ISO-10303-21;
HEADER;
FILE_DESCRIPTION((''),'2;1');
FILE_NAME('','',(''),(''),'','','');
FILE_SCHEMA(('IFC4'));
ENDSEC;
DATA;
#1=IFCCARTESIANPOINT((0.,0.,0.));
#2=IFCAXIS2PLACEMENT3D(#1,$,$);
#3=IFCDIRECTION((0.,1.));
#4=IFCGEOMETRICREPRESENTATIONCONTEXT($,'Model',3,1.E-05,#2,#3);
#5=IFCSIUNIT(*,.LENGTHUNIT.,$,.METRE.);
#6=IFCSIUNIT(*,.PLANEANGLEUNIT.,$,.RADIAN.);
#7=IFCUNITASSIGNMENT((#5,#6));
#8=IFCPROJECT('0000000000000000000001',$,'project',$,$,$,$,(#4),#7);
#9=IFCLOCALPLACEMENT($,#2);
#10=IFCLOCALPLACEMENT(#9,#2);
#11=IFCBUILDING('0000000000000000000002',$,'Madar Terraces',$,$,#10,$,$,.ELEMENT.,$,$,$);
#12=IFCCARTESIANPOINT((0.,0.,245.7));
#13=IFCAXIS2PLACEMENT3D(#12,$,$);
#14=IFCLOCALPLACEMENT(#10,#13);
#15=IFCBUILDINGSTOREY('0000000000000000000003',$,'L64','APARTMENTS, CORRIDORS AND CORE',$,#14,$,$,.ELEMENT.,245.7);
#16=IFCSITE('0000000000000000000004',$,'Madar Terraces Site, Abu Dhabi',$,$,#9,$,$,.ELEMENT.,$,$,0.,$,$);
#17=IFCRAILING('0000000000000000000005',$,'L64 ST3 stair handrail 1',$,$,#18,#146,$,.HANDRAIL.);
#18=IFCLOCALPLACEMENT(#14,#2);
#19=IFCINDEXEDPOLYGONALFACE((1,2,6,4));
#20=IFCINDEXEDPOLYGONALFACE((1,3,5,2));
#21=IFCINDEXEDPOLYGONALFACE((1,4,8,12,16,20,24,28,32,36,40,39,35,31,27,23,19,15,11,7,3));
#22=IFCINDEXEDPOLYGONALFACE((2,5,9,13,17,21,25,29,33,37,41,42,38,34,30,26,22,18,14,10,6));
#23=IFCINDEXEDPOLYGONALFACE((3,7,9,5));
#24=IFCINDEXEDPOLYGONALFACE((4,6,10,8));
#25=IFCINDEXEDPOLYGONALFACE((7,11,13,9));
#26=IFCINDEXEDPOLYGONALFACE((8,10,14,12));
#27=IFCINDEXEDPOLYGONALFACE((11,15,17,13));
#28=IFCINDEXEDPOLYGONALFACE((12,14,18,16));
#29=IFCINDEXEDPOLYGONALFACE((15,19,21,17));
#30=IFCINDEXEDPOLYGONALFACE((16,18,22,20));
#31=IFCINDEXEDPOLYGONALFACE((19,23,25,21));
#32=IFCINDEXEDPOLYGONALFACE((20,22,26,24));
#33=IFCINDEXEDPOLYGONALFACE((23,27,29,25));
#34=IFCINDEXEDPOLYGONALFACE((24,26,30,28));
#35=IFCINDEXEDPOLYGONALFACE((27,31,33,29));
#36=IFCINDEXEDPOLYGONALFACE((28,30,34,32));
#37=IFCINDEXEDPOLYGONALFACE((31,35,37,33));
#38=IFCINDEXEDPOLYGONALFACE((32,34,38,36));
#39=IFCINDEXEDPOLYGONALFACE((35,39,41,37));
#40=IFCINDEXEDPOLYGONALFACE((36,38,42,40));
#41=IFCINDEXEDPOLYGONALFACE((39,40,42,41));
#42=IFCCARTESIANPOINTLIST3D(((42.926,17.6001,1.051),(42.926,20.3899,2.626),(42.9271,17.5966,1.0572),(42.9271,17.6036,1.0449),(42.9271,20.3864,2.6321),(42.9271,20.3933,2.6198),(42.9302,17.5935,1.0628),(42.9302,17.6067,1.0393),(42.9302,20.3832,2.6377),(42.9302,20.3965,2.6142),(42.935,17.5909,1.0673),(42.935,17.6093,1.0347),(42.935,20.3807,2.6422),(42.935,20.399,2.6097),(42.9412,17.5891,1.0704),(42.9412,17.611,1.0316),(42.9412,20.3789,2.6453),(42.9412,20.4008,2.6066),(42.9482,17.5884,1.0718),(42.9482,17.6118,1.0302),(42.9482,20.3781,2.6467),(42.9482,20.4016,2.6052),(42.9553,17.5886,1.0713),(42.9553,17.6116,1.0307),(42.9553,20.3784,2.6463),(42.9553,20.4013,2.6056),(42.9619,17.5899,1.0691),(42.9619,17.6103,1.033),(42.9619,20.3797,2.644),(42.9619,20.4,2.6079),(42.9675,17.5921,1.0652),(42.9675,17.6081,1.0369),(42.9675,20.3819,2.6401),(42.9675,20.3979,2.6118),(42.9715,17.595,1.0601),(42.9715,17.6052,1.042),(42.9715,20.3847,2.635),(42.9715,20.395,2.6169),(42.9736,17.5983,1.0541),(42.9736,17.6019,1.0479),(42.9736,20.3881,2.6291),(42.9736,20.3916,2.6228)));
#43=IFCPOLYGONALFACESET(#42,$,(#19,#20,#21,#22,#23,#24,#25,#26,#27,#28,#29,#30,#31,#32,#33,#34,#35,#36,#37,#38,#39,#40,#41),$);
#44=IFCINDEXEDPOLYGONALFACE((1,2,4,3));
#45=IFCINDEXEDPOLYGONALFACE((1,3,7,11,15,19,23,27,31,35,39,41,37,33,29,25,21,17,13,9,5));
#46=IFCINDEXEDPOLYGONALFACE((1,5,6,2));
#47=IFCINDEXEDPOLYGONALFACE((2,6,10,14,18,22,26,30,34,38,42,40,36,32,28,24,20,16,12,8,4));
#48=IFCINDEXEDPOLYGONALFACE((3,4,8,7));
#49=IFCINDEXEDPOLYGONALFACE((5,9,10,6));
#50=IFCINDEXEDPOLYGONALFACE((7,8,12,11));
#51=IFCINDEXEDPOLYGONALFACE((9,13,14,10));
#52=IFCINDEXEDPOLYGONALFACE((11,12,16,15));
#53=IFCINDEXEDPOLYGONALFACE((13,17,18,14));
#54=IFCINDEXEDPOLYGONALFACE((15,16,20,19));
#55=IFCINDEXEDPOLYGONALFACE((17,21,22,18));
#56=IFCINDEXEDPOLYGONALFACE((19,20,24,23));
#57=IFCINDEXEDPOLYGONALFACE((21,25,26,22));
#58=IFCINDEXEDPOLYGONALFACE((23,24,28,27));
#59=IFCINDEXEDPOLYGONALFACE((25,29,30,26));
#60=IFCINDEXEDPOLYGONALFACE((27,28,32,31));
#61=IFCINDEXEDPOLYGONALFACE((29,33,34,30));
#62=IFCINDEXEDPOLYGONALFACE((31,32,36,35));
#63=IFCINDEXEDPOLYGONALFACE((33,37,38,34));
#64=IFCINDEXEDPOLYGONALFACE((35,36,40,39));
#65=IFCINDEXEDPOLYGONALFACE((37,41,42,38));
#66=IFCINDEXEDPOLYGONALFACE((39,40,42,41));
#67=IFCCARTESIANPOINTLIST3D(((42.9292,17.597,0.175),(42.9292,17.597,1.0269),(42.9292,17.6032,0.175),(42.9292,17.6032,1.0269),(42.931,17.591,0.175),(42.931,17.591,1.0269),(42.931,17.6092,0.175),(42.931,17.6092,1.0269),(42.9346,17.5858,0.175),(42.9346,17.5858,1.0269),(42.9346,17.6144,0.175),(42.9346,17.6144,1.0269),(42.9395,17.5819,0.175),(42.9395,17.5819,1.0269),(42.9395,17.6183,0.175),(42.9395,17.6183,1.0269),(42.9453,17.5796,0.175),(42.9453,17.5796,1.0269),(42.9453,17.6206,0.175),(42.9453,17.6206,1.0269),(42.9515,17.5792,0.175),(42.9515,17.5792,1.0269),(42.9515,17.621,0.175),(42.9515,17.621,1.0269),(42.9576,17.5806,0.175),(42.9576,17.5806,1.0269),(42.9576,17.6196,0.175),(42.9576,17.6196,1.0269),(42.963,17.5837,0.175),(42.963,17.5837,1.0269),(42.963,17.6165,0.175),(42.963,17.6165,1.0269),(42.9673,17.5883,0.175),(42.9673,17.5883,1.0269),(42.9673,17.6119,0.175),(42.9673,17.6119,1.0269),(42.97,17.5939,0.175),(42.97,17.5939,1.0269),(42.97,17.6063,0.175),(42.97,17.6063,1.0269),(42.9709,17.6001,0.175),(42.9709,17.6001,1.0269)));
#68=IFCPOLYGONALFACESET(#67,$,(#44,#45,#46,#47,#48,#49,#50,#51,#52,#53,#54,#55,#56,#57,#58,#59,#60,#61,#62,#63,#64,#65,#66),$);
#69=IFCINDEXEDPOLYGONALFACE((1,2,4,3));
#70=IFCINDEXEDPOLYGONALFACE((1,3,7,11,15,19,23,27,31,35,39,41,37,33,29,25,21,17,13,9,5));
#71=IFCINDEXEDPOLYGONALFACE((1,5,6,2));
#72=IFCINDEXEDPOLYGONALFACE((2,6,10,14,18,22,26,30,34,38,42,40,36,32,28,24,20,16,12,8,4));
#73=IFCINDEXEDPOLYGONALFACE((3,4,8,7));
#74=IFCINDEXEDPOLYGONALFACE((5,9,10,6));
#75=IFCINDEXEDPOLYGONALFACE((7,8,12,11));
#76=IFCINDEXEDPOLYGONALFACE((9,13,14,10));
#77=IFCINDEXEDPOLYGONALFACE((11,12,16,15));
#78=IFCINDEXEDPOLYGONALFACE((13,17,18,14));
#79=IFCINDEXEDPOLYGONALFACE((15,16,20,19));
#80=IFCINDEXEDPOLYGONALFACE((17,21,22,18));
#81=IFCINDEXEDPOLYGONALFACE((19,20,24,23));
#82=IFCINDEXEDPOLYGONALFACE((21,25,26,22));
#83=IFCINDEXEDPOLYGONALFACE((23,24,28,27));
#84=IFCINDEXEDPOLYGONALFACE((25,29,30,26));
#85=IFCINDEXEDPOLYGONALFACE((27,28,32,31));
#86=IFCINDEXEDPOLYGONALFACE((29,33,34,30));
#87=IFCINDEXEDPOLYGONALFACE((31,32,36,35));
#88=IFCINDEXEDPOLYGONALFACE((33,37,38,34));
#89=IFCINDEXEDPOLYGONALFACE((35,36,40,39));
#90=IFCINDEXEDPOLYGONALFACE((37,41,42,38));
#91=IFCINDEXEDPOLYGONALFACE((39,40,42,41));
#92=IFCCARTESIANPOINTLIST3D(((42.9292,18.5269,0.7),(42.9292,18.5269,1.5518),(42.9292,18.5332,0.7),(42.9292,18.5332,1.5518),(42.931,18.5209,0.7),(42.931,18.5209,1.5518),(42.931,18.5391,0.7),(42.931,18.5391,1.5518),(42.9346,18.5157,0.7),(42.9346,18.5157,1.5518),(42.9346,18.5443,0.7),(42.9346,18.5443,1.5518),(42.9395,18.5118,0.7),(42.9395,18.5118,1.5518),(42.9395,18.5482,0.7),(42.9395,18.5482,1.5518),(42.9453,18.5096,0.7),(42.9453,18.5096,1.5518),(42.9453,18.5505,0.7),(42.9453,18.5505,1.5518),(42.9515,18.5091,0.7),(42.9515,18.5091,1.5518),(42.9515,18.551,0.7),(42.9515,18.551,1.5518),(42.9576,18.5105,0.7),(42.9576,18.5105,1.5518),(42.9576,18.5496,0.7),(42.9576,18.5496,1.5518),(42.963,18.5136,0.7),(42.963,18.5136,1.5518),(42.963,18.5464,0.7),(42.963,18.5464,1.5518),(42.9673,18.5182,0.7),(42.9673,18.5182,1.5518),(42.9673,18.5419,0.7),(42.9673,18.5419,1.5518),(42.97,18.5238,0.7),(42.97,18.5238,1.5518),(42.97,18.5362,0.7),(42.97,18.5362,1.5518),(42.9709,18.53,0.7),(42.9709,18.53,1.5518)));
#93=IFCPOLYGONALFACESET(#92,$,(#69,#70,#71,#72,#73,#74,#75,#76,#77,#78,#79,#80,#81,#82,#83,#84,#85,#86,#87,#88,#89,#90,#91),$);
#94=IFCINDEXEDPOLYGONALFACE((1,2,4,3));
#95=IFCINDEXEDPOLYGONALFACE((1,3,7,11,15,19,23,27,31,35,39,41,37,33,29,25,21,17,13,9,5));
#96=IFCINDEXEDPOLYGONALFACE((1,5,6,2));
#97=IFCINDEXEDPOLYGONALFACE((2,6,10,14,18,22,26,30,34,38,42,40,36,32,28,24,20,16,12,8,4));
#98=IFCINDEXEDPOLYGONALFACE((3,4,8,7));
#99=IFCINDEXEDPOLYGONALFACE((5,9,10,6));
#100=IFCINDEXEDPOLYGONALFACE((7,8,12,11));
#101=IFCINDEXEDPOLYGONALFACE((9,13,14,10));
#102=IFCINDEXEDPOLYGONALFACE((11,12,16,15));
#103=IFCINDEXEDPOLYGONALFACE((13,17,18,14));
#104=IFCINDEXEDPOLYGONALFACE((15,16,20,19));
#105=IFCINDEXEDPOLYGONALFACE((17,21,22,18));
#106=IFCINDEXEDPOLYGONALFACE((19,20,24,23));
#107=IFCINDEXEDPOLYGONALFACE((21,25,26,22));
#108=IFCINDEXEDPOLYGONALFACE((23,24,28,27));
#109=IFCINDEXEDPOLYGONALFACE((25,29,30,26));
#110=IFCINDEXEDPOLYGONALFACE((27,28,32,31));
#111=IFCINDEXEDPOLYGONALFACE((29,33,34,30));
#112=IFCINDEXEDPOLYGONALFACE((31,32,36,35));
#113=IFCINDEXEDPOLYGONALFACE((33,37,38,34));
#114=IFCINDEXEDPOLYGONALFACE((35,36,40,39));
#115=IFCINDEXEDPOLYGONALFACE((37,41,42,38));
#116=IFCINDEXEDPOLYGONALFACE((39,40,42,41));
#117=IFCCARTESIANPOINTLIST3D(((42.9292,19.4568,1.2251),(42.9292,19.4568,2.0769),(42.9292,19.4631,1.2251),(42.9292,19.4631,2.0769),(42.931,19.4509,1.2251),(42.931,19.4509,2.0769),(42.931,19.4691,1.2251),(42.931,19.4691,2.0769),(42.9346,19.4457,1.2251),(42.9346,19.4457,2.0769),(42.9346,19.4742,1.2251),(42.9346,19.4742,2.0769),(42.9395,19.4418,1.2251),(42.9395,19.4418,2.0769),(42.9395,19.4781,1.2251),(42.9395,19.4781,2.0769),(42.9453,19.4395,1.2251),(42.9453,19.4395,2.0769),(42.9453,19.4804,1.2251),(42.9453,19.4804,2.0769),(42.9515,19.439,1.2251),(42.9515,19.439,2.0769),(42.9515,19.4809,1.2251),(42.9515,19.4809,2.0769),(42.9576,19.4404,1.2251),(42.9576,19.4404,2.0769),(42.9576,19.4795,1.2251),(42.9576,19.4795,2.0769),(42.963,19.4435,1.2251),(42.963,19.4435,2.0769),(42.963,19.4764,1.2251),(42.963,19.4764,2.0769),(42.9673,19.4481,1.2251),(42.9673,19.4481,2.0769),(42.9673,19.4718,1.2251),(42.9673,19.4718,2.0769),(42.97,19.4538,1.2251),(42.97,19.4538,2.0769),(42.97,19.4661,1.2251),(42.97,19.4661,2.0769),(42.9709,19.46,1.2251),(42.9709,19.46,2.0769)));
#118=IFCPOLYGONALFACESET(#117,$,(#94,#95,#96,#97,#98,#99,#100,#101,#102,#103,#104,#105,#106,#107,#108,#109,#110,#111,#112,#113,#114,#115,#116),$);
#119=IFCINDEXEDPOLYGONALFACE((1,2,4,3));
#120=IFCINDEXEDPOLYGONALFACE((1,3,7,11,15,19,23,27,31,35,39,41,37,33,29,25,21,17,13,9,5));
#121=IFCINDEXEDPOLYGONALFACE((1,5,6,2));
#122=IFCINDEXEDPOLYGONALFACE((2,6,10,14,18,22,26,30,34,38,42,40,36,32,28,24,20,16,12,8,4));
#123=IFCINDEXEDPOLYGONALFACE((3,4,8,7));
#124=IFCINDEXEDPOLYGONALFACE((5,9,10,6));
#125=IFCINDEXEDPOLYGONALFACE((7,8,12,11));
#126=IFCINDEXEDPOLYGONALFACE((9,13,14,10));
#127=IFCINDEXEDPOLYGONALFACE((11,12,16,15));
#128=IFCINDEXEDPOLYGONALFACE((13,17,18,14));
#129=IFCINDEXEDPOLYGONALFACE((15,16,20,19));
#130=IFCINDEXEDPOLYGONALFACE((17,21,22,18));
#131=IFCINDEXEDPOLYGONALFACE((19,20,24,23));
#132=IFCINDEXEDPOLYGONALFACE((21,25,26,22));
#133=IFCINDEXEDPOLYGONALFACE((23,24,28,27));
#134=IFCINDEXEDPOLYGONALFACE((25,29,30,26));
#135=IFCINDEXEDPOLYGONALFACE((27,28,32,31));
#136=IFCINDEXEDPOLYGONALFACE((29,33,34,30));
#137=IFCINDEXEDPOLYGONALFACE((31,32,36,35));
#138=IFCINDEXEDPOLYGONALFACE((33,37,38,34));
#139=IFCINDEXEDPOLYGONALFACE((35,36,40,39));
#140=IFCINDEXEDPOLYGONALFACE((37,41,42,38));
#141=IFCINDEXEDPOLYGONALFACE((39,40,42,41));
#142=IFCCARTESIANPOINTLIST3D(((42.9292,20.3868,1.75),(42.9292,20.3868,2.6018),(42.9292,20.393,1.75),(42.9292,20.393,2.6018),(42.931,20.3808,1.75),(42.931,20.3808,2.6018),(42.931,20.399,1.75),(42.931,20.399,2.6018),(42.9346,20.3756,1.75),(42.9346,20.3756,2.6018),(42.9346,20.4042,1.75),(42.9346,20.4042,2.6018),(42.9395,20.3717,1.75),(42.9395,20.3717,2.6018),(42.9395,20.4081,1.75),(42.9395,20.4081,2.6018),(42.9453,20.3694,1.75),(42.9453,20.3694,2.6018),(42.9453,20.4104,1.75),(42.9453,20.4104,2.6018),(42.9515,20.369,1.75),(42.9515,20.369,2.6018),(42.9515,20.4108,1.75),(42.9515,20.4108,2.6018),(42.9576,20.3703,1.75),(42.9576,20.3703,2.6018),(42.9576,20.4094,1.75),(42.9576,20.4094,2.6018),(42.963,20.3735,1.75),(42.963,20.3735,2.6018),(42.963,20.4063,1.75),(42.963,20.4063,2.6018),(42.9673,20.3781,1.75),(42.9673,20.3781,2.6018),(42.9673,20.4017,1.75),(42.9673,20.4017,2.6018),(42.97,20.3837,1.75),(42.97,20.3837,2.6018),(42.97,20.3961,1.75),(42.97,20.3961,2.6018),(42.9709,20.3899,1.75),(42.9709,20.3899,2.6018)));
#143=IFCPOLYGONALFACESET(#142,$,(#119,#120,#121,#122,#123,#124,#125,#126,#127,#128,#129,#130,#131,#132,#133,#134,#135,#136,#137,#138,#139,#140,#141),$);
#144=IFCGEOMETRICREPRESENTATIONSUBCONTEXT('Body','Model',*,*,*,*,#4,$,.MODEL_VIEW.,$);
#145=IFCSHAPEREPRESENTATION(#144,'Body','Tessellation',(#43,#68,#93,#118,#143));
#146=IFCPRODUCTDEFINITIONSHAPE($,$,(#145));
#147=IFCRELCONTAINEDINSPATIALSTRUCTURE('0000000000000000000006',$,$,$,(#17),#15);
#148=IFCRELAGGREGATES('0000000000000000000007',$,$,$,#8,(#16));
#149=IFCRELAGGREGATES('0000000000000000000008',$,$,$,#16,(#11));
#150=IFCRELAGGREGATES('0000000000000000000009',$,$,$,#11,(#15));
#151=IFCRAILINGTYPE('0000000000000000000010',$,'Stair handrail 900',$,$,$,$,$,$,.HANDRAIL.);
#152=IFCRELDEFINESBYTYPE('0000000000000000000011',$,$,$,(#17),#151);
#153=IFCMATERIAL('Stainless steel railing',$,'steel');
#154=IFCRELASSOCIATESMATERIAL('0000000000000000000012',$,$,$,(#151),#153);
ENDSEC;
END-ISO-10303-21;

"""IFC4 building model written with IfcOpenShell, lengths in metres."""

from ifc_helpers import new_model, si_unit, direction, frame, origin, origin_2d, place, context, subcontext, project, spatial, circle, extrude, material, type_object, element, save


model = new_model("IFC4")

# Units and contexts
model_context = context("Model", 3, precision=1e-05, world=origin(), true_north=direction((0.0, 1.0)))
body_context = subcontext(model_context, "Body", "Model", "MODEL_VIEW")
ifc_project = project(units=[si_unit("LENGTHUNIT", "METRE"), si_unit("PLANEANGLEUNIT", "RADIAN")], contexts=[model_context])

# Site, building, storey
site_placement = place(None, origin())
site = spatial("IfcSite", under=ifc_project, at=site_placement, Name="Madar Terraces Site, Abu Dhabi", CompositionType="ELEMENT", RefElevation=0.0)
building_placement = place(site_placement, origin())
building = spatial("IfcBuilding", under=site, at=building_placement, Name="Madar Terraces", CompositionType="ELEMENT")
storey_placement = place(building_placement, frame((0.0, 0.0, 245.7)))
storey = spatial("IfcBuildingStorey", under=building, at=storey_placement, Name="L64", Description="APARTMENTS, CORRIDORS AND CORE", CompositionType="ELEMENT", Elevation=245.7)

# Railing
ifc_material_1 = material(Name="Stainless steel railing", Category="steel")
railing_type_1 = type_object("IfcRailingType", Name="Stair handrail 900", PredefinedType="HANDRAIL", material=ifc_material_1)
railing_1_placement = place(storey_placement, frame((42.95, 17.6001, 0.175)))
element("IfcRailing", 1, at=railing_1_placement, inside=storey, type_object=railing_type_1, Name="L64 ST3 stair handrail 1", PredefinedType="HANDRAIL", context=body_context, shape_type="SweptSolid", body=[
    extrude(circle(Radius=0.0239, at=origin_2d()), frame((0.0, 0.0, 0.876), z_axis=(0.0, 0.870815, 0.49161), x_axis=(-1.0, 0.0, 0.0)), (0.0, 0.0, 1.0), 3.2036),
    extrude(circle(Radius=0.021, at=origin_2d()), origin(), (0.0, 0.0, 1.0), 0.8518),
    extrude(circle(Radius=0.021, at=origin_2d()), frame((0.0, 0.9299, 0.5249)), (0.0, 0.0, 1.0), 0.8518),
    extrude(circle(Radius=0.021, at=origin_2d()), frame((0.0, 1.8599, 1.05)), (0.0, 0.0, 1.0), 0.8518),
    extrude(circle(Radius=0.021, at=origin_2d()), frame((0.0, 2.7898, 1.575)), (0.0, 0.0, 1.0), 0.8518),
])

save(model, "model.ifc")
